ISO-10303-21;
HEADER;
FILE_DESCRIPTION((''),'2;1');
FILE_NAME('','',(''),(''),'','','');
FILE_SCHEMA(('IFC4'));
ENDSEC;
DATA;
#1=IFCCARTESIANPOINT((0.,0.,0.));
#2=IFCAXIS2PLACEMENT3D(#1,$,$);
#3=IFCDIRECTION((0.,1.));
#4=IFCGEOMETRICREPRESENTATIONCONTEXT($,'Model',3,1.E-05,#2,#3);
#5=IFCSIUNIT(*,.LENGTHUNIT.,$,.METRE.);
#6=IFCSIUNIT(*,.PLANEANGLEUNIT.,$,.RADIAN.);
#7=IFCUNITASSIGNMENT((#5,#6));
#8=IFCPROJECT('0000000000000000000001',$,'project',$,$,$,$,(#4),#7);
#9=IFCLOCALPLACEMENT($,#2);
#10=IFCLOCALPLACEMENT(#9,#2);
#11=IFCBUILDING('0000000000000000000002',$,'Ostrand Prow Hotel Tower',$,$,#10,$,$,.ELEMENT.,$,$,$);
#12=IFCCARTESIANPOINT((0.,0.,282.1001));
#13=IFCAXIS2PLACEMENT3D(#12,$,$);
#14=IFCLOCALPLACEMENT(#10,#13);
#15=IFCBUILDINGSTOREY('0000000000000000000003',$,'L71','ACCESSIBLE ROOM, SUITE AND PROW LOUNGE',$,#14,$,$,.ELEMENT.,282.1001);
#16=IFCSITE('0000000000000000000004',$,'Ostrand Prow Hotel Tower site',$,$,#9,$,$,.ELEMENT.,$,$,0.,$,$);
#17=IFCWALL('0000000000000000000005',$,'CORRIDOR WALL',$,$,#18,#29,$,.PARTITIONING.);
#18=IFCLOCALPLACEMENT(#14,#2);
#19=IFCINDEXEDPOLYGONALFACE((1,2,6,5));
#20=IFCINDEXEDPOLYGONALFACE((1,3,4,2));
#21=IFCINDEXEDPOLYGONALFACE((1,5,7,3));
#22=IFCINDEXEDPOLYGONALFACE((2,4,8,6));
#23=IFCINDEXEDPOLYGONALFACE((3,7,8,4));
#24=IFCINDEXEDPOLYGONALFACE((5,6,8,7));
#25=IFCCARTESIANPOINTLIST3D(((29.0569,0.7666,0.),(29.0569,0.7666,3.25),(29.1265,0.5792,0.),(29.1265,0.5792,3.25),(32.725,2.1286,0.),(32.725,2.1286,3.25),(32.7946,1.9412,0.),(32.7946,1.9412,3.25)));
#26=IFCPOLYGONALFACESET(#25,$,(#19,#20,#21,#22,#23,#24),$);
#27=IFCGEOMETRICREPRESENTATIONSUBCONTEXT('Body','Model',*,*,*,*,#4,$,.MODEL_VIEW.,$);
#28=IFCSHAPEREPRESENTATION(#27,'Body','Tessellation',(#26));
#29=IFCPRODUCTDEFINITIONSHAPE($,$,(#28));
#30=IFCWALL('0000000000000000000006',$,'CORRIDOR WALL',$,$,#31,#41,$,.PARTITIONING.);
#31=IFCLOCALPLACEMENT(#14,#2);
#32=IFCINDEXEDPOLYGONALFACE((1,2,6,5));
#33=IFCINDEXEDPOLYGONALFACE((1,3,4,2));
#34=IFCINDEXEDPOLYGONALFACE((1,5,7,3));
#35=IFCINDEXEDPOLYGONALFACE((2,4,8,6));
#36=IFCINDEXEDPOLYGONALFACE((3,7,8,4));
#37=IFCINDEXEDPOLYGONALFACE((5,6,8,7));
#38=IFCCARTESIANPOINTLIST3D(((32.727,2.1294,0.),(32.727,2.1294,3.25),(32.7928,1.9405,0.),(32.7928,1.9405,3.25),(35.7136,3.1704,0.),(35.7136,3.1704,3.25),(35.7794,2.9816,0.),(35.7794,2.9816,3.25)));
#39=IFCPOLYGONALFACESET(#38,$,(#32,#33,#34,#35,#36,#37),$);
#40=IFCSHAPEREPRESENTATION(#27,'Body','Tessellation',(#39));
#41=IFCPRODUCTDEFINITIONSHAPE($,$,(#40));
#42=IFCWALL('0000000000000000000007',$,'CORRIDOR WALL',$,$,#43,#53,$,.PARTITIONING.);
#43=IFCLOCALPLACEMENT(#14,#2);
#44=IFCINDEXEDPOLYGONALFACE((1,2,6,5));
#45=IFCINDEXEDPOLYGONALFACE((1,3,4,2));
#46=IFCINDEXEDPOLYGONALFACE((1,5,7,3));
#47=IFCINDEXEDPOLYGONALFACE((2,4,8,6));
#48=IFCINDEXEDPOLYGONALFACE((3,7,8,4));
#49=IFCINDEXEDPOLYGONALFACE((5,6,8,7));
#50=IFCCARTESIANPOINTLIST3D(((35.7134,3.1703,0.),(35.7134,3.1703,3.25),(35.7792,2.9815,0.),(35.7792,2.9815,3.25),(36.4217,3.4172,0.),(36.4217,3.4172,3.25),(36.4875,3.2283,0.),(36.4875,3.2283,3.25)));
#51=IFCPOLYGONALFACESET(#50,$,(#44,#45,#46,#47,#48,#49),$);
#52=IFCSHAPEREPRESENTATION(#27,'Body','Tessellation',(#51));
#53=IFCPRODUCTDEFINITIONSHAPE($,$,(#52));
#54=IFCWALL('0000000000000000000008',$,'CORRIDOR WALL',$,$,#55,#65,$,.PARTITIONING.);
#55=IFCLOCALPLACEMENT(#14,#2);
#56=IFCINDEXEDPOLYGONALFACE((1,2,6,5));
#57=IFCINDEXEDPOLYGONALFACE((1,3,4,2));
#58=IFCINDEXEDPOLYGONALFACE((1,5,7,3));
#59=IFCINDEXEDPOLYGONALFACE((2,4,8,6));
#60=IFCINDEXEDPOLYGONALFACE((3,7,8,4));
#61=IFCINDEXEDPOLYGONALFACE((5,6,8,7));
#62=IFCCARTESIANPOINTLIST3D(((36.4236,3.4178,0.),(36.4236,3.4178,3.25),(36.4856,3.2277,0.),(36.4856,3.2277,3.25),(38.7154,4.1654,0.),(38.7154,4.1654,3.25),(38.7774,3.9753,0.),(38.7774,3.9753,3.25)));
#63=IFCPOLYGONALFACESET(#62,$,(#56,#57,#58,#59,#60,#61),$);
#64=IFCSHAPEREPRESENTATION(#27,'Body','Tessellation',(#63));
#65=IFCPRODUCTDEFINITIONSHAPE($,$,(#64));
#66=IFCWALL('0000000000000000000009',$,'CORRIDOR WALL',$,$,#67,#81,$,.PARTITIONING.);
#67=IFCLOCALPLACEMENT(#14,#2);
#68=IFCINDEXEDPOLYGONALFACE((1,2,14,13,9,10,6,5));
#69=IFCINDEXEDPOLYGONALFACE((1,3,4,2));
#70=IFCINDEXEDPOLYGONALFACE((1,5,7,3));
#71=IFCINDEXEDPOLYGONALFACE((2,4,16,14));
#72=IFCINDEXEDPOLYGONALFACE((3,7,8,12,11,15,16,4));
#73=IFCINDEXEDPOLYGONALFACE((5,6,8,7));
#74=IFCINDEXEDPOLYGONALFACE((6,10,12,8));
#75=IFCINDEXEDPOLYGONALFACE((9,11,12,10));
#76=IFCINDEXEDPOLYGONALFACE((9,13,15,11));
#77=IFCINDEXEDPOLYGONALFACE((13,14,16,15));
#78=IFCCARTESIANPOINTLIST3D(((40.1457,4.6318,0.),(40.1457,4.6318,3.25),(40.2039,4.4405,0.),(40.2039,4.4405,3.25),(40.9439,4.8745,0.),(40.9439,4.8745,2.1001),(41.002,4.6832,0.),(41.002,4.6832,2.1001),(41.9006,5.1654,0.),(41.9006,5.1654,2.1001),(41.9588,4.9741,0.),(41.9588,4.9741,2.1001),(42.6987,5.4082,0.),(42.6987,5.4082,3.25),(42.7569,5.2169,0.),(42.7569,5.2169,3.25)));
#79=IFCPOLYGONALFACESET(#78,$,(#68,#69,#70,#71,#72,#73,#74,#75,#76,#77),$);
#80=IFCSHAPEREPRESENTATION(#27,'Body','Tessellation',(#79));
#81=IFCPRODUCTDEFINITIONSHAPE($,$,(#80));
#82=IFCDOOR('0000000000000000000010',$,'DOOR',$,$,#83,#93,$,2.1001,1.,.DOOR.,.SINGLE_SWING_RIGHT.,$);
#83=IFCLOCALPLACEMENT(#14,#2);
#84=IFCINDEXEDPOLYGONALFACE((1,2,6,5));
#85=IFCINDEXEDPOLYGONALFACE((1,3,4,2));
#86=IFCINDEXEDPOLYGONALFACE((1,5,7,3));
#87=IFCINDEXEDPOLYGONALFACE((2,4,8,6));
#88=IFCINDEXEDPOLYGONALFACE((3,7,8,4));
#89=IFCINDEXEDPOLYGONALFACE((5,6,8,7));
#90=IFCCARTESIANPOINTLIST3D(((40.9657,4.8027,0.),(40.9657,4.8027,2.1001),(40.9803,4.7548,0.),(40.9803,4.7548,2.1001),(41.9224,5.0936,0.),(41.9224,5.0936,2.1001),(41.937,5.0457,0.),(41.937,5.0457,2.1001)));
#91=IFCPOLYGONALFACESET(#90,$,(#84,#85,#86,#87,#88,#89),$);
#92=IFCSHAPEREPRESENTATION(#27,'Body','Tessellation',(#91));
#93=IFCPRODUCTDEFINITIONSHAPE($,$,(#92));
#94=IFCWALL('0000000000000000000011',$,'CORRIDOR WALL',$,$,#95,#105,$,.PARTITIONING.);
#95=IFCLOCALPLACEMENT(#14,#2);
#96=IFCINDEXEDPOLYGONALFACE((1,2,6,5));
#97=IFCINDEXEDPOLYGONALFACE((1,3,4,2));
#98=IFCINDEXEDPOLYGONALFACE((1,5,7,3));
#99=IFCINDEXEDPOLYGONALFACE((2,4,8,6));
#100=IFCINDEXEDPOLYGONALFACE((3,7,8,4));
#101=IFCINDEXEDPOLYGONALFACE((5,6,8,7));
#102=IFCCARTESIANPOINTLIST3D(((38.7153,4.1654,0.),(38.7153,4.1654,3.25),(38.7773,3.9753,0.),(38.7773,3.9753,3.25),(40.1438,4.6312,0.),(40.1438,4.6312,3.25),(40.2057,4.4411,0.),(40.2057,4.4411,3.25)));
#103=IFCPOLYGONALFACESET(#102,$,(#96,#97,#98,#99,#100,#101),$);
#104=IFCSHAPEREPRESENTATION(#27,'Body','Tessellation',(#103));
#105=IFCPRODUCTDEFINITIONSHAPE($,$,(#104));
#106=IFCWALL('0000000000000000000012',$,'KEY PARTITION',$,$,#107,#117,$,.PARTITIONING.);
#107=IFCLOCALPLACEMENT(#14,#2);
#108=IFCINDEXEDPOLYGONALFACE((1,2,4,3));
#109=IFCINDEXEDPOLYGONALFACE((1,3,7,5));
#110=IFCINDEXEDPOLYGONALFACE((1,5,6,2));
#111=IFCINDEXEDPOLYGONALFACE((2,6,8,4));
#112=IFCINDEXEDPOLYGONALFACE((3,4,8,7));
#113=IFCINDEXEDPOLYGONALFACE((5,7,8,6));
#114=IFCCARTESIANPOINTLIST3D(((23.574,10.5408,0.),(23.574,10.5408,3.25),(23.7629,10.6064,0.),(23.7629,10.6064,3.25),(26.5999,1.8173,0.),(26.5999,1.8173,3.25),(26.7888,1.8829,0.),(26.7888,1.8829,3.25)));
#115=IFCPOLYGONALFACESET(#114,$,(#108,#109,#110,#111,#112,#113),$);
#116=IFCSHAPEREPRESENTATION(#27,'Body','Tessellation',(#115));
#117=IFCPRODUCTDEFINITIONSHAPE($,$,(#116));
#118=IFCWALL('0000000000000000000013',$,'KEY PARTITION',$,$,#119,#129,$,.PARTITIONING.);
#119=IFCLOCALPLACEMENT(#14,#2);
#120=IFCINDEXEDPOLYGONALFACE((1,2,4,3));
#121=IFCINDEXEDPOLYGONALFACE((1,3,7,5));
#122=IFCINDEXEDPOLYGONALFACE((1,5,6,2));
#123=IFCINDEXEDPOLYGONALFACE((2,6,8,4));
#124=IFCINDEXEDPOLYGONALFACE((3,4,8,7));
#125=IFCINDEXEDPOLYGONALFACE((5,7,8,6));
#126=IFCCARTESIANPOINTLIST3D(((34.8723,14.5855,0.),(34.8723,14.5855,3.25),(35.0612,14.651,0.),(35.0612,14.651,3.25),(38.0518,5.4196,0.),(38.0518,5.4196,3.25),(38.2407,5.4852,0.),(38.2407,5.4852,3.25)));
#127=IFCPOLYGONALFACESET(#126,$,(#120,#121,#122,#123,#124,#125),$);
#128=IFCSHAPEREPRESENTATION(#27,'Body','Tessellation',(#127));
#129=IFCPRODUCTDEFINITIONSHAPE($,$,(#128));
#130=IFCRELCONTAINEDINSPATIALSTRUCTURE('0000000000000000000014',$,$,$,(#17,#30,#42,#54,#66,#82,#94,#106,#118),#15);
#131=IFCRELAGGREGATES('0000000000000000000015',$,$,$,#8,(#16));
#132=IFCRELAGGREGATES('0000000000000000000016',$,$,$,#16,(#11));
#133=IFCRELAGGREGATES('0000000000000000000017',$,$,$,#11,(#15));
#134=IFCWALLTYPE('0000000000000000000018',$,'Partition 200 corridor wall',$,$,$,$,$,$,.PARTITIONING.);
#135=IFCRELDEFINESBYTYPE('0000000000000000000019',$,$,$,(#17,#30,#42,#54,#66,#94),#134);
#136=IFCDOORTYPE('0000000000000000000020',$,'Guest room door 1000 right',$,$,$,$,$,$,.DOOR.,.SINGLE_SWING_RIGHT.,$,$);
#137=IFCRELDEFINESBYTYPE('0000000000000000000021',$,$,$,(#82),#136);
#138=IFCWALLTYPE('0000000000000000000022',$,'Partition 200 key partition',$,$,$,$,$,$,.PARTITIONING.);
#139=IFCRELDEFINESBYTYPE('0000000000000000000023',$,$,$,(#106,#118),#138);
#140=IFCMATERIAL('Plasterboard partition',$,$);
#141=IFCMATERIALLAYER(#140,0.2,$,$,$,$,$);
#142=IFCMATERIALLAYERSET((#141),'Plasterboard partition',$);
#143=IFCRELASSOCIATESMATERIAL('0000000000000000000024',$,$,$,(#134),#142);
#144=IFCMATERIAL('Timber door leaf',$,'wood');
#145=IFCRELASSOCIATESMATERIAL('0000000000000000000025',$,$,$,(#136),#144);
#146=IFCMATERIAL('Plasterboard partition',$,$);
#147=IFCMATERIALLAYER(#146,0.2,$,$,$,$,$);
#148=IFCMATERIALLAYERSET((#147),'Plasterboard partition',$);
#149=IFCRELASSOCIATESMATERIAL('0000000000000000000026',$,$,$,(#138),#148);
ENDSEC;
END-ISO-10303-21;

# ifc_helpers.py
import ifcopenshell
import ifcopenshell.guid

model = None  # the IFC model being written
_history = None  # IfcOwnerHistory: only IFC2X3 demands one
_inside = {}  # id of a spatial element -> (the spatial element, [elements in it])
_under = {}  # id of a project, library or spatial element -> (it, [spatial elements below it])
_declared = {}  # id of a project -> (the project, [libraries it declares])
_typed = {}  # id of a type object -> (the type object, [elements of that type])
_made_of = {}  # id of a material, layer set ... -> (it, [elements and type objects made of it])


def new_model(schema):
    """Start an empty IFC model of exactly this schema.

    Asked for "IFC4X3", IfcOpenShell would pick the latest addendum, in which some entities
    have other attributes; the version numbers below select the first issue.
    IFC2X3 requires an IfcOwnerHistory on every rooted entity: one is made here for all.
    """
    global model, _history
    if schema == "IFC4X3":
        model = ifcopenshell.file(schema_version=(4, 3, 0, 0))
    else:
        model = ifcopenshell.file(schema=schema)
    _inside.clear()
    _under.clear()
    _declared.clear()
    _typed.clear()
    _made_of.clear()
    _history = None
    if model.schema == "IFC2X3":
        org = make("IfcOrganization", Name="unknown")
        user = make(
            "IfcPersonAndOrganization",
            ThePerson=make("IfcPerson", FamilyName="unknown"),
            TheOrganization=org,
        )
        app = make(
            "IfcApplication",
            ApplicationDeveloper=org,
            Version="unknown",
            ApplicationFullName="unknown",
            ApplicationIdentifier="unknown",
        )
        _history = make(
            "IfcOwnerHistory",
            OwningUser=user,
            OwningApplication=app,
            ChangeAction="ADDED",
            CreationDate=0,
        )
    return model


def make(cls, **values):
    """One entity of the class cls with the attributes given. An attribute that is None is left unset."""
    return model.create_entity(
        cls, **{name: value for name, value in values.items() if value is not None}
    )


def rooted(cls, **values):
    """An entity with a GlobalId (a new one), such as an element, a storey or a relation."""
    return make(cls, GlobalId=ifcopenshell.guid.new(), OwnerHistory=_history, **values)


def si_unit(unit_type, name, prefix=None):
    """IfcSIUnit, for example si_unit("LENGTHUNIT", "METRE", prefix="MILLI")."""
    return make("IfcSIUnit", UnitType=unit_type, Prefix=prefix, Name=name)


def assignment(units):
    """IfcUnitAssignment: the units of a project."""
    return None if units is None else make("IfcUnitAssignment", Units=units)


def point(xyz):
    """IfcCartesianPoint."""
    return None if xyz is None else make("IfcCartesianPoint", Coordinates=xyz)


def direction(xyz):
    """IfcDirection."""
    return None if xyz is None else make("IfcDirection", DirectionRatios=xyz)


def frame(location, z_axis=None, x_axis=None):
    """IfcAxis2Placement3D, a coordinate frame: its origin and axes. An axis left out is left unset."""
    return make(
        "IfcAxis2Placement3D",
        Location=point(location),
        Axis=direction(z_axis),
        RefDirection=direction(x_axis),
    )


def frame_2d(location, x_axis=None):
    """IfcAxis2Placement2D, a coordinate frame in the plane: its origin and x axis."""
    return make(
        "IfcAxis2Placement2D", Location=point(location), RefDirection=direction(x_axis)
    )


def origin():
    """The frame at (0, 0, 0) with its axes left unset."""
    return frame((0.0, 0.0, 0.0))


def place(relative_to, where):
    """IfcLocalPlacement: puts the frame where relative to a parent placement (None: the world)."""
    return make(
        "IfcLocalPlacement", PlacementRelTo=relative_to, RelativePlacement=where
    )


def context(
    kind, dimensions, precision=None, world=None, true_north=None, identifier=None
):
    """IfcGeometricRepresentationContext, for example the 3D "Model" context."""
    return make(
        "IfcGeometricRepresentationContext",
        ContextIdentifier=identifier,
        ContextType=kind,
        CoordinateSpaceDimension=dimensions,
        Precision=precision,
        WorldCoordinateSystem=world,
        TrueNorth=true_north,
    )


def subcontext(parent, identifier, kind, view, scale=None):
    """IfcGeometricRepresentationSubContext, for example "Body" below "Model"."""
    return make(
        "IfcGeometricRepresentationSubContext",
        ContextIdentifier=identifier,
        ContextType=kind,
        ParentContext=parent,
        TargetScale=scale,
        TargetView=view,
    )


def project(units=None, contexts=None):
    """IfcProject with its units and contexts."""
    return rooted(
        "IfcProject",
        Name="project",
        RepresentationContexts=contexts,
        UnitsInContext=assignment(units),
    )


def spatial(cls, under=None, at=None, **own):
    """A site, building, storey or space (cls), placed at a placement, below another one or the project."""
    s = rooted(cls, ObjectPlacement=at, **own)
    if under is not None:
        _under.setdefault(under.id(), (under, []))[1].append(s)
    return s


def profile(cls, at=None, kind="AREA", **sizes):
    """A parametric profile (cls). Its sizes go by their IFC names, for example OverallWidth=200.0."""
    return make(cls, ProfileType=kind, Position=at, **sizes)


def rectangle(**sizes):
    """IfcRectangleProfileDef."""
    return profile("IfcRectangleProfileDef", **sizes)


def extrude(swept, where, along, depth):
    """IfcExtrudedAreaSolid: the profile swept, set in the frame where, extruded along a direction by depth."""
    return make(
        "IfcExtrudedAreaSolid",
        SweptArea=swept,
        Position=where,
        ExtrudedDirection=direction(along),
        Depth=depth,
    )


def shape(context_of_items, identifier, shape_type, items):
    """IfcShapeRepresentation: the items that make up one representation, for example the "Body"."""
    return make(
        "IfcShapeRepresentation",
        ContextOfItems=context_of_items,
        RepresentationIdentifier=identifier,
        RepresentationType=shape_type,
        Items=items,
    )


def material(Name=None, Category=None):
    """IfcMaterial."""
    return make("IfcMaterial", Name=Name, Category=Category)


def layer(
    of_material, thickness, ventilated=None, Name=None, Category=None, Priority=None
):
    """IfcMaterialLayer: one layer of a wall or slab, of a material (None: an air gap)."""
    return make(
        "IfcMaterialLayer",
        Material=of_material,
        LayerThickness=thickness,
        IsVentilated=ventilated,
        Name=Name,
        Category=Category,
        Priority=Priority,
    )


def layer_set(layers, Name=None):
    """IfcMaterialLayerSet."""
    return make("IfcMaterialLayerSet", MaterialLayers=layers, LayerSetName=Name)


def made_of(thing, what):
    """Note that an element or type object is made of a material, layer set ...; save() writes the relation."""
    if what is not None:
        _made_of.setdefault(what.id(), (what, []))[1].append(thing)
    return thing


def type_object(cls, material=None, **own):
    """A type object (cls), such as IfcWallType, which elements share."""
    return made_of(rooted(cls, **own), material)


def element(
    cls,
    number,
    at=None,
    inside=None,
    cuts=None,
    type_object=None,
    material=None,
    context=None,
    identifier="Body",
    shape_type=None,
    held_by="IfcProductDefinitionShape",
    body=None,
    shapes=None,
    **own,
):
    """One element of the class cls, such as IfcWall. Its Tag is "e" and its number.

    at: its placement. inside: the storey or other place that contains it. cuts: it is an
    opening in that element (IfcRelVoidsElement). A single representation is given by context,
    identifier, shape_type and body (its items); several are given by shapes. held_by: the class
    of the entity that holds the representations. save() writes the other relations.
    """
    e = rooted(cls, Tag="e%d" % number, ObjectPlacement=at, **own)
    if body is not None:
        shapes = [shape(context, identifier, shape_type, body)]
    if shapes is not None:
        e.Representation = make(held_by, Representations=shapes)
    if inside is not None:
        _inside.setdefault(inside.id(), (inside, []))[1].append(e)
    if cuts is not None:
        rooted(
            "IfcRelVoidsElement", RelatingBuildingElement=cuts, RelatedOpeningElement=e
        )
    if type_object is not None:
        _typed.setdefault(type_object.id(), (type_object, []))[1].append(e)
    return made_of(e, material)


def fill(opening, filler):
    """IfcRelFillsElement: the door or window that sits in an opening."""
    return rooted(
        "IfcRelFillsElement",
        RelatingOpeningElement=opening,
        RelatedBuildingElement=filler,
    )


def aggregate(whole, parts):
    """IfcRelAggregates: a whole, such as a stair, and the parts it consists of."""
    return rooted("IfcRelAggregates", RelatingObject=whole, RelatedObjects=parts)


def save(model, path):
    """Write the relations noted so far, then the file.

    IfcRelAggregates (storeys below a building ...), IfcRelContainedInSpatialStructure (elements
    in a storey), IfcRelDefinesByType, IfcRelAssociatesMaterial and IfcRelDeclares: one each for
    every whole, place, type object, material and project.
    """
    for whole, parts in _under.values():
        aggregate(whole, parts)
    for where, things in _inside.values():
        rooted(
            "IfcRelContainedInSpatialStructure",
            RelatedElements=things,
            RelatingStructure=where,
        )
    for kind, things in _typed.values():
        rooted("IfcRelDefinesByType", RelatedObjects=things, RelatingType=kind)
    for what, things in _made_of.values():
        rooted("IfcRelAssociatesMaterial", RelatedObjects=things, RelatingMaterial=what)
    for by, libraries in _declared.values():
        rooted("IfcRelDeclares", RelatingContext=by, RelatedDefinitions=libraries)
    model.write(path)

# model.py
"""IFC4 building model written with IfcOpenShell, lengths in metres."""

from ifc_helpers import new_model, si_unit, direction, frame, frame_2d, origin, place, context, subcontext, project, spatial, rectangle, extrude, material, layer, layer_set, type_object, element, fill, save


model = new_model("IFC4")

# Units and contexts
model_context = context("Model", 3, precision=1e-05, world=origin(), true_north=direction((0.0, 1.0)))
body_context = subcontext(model_context, "Body", "Model", "MODEL_VIEW")
ifc_project = project(units=[si_unit("LENGTHUNIT", "METRE"), si_unit("PLANEANGLEUNIT", "RADIAN")], contexts=[model_context])

# Site, building, storey
site_placement = place(None, origin())
site = spatial("IfcSite", under=ifc_project, at=site_placement, Name="Ostrand Prow Hotel Tower site", CompositionType="ELEMENT", RefElevation=0.0)
building_placement = place(site_placement, origin())
building = spatial("IfcBuilding", under=site, at=building_placement, Name="Ostrand Prow Hotel Tower", CompositionType="ELEMENT")
storey_placement = place(building_placement, frame((0.0, 0.0, 282.1001)))
storey = spatial("IfcBuildingStorey", under=building, at=storey_placement, Name="L71", Description="ACCESSIBLE ROOM, SUITE AND PROW LOUNGE", CompositionType="ELEMENT", Elevation=282.1001)

# Shared definitions
ifc_material_1 = material(Name="Plasterboard partition")
ifc_layer_1 = layer(ifc_material_1, 0.2)
ifc_layer_set_1 = layer_set([ifc_layer_1], Name="Plasterboard partition")
wall_type_1 = type_object("IfcWallType", Name="Partition 200 corridor wall", PredefinedType="PARTITIONING", material=ifc_layer_set_1)

# Walls
wall_1_placement = place(storey_placement, frame((29.0916, 0.6729, 0.0), z_axis=(0.0, 0.0, 1.0), x_axis=(0.93746, 0.348093, 0.0)))
element("IfcWall", 1, at=wall_1_placement, inside=storey, type_object=wall_type_1, Name="CORRIDOR WALL", PredefinedType="PARTITIONING", context=body_context, shape_type="SweptSolid", body=[
    extrude(rectangle(XDim=3.9128, YDim=0.2, at=frame_2d((1.9565, 0.0))), origin(), (0.0, 0.0, 1.0), 3.25),
])
wall_2_placement = place(storey_placement, frame((32.7598, 2.0349, 0.0), z_axis=(0.0, 0.0, 1.0), x_axis=(0.94428, 0.329143, 0.0)))
element("IfcWall", 2, at=wall_2_placement, inside=storey, type_object=wall_type_1, Name="CORRIDOR WALL", PredefinedType="PARTITIONING", context=body_context, shape_type="SweptSolid", body=[
    extrude(rectangle(XDim=3.1628, YDim=0.2, at=frame_2d((1.5815, 0.0))), origin(), (0.0, 0.0, 1.0), 3.25),
])
wall_3_placement = place(storey_placement, frame((35.7463, 3.0759, 0.0), z_axis=(0.0, 0.0, 1.0), x_axis=(0.944299, 0.329089, 0.0)))
element("IfcWall", 3, at=wall_3_placement, inside=storey, type_object=wall_type_1, Name="CORRIDOR WALL", PredefinedType="PARTITIONING", context=body_context, shape_type="SweptSolid", body=[
    extrude(rectangle(XDim=0.75, YDim=0.2, at=frame_2d((0.375, 0.0))), origin(), (0.0, 0.0, 1.0), 3.25),
])
wall_4_placement = place(storey_placement, frame((36.4546, 3.3228, 0.0), z_axis=(0.0, 0.0, 1.0), x_axis=(0.950699, 0.310114, 0.0)))
element("IfcWall", 4, at=wall_4_placement, inside=storey, type_object=wall_type_1, Name="CORRIDOR WALL", PredefinedType="PARTITIONING", context=body_context, shape_type="SweptSolid", body=[
    extrude(rectangle(XDim=2.4106, YDim=0.2, at=frame_2d((1.2053, 0.0))), origin(), (0.0, 0.0, 1.0), 3.25),
])

# Wall, opening, door
wall_5_placement = place(storey_placement, frame((40.1748, 4.5361, 0.0), z_axis=(0.0, 0.0, 1.0), x_axis=(0.956739, 0.290947, 0.0)))
wall_5 = element("IfcWall", 5, at=wall_5_placement, inside=storey, type_object=wall_type_1, Name="CORRIDOR WALL", PredefinedType="PARTITIONING", context=body_context, shape_type="SweptSolid", body=[
    extrude(rectangle(XDim=2.6685, YDim=0.2, at=frame_2d((1.3342, 0.0))), origin(), (0.0, 0.0, 1.0), 3.25),
])
opening_1_placement = place(wall_5_placement, frame((0.8342, 0.0, 0.0)))
opening_1 = element("IfcOpeningElement", 6, at=opening_1_placement, cuts=wall_5, PredefinedType="OPENING", context=body_context, shape_type="SweptSolid", body=[
    extrude(rectangle(XDim=1.0, YDim=2.1001, at=frame_2d((0.5, 1.05))), frame((0.0, 0.1099, 0.0), z_axis=(0.0, -1.0, 0.0), x_axis=(1.0, 0.0, 0.0)), (0.0, 0.0, 1.0), 0.22),
])
ifc_material_2 = material(Name="Timber door leaf", Category="wood")
door_type_1 = type_object("IfcDoorType", Name="Guest room door 1000 right", OperationType="SINGLE_SWING_RIGHT", PredefinedType="DOOR", material=ifc_material_2)
door_1_placement = place(opening_1_placement, origin())
door_1 = element("IfcDoor", 7, at=door_1_placement, inside=storey, type_object=door_type_1, Name="DOOR", OperationType="SINGLE_SWING_RIGHT", OverallHeight=2.1001, OverallWidth=1.0, PredefinedType="DOOR", context=body_context, shape_type="SweptSolid", body=[
    extrude(rectangle(XDim=1.0, YDim=2.1001, at=frame_2d((0.5, 1.05))), frame((0.0, 0.0249, 0.0), z_axis=(0.0, -1.0, 0.0), x_axis=(1.0, 0.0, 0.0)), (0.0, 0.0, 1.0), 0.05),
])
fill(opening_1, door_1)

# Walls
wall_6_placement = place(storey_placement, frame((38.7463, 4.0703, 0.0), z_axis=(0.0, 0.0, 1.0), x_axis=(0.950727, 0.31003, 0.0)))
element("IfcWall", 8, at=wall_6_placement, inside=storey, type_object=wall_type_1, Name="CORRIDOR WALL", PredefinedType="PARTITIONING", context=body_context, shape_type="SweptSolid", body=[
    extrude(rectangle(XDim=1.5024, YDim=0.2, at=frame_2d((0.7512, 0.0))), origin(), (0.0, 0.0, 1.0), 3.25),
])
ifc_material_3 = material(Name="Plasterboard partition")
ifc_layer_2 = layer(ifc_material_3, 0.2)
ifc_layer_set_2 = layer_set([ifc_layer_2], Name="Plasterboard partition")
wall_type_2 = type_object("IfcWallType", Name="Partition 200 key partition", PredefinedType="PARTITIONING", material=ifc_layer_set_2)
wall_7_placement = place(storey_placement, frame((26.6943, 1.8501, 0.0), z_axis=(0.0, 0.0, 1.0), x_axis=(-0.327714, 0.944777, 0.0)))
element("IfcWall", 9, at=wall_7_placement, inside=storey, type_object=wall_type_2, Name="KEY PARTITION", PredefinedType="PARTITIONING", context=body_context, shape_type="SweptSolid", body=[
    extrude(rectangle(XDim=9.2334, YDim=0.2, at=frame_2d((4.6167, 0.0))), origin(), (0.0, 0.0, 1.0), 3.25),
])
wall_8_placement = place(storey_placement, frame((38.1462, 5.4524, 0.0), z_axis=(0.0, 0.0, 1.0), x_axis=(-0.327725, 0.944773, 0.0)))
element("IfcWall", 10, at=wall_8_placement, inside=storey, type_object=wall_type_2, Name="KEY PARTITION", PredefinedType="PARTITIONING", context=body_context, shape_type="SweptSolid", body=[
    extrude(rectangle(XDim=9.7017, YDim=0.2, at=frame_2d((4.8508, 0.0))), origin(), (0.0, 0.0, 1.0), 3.25),
])

save(model, "model.ifc")
